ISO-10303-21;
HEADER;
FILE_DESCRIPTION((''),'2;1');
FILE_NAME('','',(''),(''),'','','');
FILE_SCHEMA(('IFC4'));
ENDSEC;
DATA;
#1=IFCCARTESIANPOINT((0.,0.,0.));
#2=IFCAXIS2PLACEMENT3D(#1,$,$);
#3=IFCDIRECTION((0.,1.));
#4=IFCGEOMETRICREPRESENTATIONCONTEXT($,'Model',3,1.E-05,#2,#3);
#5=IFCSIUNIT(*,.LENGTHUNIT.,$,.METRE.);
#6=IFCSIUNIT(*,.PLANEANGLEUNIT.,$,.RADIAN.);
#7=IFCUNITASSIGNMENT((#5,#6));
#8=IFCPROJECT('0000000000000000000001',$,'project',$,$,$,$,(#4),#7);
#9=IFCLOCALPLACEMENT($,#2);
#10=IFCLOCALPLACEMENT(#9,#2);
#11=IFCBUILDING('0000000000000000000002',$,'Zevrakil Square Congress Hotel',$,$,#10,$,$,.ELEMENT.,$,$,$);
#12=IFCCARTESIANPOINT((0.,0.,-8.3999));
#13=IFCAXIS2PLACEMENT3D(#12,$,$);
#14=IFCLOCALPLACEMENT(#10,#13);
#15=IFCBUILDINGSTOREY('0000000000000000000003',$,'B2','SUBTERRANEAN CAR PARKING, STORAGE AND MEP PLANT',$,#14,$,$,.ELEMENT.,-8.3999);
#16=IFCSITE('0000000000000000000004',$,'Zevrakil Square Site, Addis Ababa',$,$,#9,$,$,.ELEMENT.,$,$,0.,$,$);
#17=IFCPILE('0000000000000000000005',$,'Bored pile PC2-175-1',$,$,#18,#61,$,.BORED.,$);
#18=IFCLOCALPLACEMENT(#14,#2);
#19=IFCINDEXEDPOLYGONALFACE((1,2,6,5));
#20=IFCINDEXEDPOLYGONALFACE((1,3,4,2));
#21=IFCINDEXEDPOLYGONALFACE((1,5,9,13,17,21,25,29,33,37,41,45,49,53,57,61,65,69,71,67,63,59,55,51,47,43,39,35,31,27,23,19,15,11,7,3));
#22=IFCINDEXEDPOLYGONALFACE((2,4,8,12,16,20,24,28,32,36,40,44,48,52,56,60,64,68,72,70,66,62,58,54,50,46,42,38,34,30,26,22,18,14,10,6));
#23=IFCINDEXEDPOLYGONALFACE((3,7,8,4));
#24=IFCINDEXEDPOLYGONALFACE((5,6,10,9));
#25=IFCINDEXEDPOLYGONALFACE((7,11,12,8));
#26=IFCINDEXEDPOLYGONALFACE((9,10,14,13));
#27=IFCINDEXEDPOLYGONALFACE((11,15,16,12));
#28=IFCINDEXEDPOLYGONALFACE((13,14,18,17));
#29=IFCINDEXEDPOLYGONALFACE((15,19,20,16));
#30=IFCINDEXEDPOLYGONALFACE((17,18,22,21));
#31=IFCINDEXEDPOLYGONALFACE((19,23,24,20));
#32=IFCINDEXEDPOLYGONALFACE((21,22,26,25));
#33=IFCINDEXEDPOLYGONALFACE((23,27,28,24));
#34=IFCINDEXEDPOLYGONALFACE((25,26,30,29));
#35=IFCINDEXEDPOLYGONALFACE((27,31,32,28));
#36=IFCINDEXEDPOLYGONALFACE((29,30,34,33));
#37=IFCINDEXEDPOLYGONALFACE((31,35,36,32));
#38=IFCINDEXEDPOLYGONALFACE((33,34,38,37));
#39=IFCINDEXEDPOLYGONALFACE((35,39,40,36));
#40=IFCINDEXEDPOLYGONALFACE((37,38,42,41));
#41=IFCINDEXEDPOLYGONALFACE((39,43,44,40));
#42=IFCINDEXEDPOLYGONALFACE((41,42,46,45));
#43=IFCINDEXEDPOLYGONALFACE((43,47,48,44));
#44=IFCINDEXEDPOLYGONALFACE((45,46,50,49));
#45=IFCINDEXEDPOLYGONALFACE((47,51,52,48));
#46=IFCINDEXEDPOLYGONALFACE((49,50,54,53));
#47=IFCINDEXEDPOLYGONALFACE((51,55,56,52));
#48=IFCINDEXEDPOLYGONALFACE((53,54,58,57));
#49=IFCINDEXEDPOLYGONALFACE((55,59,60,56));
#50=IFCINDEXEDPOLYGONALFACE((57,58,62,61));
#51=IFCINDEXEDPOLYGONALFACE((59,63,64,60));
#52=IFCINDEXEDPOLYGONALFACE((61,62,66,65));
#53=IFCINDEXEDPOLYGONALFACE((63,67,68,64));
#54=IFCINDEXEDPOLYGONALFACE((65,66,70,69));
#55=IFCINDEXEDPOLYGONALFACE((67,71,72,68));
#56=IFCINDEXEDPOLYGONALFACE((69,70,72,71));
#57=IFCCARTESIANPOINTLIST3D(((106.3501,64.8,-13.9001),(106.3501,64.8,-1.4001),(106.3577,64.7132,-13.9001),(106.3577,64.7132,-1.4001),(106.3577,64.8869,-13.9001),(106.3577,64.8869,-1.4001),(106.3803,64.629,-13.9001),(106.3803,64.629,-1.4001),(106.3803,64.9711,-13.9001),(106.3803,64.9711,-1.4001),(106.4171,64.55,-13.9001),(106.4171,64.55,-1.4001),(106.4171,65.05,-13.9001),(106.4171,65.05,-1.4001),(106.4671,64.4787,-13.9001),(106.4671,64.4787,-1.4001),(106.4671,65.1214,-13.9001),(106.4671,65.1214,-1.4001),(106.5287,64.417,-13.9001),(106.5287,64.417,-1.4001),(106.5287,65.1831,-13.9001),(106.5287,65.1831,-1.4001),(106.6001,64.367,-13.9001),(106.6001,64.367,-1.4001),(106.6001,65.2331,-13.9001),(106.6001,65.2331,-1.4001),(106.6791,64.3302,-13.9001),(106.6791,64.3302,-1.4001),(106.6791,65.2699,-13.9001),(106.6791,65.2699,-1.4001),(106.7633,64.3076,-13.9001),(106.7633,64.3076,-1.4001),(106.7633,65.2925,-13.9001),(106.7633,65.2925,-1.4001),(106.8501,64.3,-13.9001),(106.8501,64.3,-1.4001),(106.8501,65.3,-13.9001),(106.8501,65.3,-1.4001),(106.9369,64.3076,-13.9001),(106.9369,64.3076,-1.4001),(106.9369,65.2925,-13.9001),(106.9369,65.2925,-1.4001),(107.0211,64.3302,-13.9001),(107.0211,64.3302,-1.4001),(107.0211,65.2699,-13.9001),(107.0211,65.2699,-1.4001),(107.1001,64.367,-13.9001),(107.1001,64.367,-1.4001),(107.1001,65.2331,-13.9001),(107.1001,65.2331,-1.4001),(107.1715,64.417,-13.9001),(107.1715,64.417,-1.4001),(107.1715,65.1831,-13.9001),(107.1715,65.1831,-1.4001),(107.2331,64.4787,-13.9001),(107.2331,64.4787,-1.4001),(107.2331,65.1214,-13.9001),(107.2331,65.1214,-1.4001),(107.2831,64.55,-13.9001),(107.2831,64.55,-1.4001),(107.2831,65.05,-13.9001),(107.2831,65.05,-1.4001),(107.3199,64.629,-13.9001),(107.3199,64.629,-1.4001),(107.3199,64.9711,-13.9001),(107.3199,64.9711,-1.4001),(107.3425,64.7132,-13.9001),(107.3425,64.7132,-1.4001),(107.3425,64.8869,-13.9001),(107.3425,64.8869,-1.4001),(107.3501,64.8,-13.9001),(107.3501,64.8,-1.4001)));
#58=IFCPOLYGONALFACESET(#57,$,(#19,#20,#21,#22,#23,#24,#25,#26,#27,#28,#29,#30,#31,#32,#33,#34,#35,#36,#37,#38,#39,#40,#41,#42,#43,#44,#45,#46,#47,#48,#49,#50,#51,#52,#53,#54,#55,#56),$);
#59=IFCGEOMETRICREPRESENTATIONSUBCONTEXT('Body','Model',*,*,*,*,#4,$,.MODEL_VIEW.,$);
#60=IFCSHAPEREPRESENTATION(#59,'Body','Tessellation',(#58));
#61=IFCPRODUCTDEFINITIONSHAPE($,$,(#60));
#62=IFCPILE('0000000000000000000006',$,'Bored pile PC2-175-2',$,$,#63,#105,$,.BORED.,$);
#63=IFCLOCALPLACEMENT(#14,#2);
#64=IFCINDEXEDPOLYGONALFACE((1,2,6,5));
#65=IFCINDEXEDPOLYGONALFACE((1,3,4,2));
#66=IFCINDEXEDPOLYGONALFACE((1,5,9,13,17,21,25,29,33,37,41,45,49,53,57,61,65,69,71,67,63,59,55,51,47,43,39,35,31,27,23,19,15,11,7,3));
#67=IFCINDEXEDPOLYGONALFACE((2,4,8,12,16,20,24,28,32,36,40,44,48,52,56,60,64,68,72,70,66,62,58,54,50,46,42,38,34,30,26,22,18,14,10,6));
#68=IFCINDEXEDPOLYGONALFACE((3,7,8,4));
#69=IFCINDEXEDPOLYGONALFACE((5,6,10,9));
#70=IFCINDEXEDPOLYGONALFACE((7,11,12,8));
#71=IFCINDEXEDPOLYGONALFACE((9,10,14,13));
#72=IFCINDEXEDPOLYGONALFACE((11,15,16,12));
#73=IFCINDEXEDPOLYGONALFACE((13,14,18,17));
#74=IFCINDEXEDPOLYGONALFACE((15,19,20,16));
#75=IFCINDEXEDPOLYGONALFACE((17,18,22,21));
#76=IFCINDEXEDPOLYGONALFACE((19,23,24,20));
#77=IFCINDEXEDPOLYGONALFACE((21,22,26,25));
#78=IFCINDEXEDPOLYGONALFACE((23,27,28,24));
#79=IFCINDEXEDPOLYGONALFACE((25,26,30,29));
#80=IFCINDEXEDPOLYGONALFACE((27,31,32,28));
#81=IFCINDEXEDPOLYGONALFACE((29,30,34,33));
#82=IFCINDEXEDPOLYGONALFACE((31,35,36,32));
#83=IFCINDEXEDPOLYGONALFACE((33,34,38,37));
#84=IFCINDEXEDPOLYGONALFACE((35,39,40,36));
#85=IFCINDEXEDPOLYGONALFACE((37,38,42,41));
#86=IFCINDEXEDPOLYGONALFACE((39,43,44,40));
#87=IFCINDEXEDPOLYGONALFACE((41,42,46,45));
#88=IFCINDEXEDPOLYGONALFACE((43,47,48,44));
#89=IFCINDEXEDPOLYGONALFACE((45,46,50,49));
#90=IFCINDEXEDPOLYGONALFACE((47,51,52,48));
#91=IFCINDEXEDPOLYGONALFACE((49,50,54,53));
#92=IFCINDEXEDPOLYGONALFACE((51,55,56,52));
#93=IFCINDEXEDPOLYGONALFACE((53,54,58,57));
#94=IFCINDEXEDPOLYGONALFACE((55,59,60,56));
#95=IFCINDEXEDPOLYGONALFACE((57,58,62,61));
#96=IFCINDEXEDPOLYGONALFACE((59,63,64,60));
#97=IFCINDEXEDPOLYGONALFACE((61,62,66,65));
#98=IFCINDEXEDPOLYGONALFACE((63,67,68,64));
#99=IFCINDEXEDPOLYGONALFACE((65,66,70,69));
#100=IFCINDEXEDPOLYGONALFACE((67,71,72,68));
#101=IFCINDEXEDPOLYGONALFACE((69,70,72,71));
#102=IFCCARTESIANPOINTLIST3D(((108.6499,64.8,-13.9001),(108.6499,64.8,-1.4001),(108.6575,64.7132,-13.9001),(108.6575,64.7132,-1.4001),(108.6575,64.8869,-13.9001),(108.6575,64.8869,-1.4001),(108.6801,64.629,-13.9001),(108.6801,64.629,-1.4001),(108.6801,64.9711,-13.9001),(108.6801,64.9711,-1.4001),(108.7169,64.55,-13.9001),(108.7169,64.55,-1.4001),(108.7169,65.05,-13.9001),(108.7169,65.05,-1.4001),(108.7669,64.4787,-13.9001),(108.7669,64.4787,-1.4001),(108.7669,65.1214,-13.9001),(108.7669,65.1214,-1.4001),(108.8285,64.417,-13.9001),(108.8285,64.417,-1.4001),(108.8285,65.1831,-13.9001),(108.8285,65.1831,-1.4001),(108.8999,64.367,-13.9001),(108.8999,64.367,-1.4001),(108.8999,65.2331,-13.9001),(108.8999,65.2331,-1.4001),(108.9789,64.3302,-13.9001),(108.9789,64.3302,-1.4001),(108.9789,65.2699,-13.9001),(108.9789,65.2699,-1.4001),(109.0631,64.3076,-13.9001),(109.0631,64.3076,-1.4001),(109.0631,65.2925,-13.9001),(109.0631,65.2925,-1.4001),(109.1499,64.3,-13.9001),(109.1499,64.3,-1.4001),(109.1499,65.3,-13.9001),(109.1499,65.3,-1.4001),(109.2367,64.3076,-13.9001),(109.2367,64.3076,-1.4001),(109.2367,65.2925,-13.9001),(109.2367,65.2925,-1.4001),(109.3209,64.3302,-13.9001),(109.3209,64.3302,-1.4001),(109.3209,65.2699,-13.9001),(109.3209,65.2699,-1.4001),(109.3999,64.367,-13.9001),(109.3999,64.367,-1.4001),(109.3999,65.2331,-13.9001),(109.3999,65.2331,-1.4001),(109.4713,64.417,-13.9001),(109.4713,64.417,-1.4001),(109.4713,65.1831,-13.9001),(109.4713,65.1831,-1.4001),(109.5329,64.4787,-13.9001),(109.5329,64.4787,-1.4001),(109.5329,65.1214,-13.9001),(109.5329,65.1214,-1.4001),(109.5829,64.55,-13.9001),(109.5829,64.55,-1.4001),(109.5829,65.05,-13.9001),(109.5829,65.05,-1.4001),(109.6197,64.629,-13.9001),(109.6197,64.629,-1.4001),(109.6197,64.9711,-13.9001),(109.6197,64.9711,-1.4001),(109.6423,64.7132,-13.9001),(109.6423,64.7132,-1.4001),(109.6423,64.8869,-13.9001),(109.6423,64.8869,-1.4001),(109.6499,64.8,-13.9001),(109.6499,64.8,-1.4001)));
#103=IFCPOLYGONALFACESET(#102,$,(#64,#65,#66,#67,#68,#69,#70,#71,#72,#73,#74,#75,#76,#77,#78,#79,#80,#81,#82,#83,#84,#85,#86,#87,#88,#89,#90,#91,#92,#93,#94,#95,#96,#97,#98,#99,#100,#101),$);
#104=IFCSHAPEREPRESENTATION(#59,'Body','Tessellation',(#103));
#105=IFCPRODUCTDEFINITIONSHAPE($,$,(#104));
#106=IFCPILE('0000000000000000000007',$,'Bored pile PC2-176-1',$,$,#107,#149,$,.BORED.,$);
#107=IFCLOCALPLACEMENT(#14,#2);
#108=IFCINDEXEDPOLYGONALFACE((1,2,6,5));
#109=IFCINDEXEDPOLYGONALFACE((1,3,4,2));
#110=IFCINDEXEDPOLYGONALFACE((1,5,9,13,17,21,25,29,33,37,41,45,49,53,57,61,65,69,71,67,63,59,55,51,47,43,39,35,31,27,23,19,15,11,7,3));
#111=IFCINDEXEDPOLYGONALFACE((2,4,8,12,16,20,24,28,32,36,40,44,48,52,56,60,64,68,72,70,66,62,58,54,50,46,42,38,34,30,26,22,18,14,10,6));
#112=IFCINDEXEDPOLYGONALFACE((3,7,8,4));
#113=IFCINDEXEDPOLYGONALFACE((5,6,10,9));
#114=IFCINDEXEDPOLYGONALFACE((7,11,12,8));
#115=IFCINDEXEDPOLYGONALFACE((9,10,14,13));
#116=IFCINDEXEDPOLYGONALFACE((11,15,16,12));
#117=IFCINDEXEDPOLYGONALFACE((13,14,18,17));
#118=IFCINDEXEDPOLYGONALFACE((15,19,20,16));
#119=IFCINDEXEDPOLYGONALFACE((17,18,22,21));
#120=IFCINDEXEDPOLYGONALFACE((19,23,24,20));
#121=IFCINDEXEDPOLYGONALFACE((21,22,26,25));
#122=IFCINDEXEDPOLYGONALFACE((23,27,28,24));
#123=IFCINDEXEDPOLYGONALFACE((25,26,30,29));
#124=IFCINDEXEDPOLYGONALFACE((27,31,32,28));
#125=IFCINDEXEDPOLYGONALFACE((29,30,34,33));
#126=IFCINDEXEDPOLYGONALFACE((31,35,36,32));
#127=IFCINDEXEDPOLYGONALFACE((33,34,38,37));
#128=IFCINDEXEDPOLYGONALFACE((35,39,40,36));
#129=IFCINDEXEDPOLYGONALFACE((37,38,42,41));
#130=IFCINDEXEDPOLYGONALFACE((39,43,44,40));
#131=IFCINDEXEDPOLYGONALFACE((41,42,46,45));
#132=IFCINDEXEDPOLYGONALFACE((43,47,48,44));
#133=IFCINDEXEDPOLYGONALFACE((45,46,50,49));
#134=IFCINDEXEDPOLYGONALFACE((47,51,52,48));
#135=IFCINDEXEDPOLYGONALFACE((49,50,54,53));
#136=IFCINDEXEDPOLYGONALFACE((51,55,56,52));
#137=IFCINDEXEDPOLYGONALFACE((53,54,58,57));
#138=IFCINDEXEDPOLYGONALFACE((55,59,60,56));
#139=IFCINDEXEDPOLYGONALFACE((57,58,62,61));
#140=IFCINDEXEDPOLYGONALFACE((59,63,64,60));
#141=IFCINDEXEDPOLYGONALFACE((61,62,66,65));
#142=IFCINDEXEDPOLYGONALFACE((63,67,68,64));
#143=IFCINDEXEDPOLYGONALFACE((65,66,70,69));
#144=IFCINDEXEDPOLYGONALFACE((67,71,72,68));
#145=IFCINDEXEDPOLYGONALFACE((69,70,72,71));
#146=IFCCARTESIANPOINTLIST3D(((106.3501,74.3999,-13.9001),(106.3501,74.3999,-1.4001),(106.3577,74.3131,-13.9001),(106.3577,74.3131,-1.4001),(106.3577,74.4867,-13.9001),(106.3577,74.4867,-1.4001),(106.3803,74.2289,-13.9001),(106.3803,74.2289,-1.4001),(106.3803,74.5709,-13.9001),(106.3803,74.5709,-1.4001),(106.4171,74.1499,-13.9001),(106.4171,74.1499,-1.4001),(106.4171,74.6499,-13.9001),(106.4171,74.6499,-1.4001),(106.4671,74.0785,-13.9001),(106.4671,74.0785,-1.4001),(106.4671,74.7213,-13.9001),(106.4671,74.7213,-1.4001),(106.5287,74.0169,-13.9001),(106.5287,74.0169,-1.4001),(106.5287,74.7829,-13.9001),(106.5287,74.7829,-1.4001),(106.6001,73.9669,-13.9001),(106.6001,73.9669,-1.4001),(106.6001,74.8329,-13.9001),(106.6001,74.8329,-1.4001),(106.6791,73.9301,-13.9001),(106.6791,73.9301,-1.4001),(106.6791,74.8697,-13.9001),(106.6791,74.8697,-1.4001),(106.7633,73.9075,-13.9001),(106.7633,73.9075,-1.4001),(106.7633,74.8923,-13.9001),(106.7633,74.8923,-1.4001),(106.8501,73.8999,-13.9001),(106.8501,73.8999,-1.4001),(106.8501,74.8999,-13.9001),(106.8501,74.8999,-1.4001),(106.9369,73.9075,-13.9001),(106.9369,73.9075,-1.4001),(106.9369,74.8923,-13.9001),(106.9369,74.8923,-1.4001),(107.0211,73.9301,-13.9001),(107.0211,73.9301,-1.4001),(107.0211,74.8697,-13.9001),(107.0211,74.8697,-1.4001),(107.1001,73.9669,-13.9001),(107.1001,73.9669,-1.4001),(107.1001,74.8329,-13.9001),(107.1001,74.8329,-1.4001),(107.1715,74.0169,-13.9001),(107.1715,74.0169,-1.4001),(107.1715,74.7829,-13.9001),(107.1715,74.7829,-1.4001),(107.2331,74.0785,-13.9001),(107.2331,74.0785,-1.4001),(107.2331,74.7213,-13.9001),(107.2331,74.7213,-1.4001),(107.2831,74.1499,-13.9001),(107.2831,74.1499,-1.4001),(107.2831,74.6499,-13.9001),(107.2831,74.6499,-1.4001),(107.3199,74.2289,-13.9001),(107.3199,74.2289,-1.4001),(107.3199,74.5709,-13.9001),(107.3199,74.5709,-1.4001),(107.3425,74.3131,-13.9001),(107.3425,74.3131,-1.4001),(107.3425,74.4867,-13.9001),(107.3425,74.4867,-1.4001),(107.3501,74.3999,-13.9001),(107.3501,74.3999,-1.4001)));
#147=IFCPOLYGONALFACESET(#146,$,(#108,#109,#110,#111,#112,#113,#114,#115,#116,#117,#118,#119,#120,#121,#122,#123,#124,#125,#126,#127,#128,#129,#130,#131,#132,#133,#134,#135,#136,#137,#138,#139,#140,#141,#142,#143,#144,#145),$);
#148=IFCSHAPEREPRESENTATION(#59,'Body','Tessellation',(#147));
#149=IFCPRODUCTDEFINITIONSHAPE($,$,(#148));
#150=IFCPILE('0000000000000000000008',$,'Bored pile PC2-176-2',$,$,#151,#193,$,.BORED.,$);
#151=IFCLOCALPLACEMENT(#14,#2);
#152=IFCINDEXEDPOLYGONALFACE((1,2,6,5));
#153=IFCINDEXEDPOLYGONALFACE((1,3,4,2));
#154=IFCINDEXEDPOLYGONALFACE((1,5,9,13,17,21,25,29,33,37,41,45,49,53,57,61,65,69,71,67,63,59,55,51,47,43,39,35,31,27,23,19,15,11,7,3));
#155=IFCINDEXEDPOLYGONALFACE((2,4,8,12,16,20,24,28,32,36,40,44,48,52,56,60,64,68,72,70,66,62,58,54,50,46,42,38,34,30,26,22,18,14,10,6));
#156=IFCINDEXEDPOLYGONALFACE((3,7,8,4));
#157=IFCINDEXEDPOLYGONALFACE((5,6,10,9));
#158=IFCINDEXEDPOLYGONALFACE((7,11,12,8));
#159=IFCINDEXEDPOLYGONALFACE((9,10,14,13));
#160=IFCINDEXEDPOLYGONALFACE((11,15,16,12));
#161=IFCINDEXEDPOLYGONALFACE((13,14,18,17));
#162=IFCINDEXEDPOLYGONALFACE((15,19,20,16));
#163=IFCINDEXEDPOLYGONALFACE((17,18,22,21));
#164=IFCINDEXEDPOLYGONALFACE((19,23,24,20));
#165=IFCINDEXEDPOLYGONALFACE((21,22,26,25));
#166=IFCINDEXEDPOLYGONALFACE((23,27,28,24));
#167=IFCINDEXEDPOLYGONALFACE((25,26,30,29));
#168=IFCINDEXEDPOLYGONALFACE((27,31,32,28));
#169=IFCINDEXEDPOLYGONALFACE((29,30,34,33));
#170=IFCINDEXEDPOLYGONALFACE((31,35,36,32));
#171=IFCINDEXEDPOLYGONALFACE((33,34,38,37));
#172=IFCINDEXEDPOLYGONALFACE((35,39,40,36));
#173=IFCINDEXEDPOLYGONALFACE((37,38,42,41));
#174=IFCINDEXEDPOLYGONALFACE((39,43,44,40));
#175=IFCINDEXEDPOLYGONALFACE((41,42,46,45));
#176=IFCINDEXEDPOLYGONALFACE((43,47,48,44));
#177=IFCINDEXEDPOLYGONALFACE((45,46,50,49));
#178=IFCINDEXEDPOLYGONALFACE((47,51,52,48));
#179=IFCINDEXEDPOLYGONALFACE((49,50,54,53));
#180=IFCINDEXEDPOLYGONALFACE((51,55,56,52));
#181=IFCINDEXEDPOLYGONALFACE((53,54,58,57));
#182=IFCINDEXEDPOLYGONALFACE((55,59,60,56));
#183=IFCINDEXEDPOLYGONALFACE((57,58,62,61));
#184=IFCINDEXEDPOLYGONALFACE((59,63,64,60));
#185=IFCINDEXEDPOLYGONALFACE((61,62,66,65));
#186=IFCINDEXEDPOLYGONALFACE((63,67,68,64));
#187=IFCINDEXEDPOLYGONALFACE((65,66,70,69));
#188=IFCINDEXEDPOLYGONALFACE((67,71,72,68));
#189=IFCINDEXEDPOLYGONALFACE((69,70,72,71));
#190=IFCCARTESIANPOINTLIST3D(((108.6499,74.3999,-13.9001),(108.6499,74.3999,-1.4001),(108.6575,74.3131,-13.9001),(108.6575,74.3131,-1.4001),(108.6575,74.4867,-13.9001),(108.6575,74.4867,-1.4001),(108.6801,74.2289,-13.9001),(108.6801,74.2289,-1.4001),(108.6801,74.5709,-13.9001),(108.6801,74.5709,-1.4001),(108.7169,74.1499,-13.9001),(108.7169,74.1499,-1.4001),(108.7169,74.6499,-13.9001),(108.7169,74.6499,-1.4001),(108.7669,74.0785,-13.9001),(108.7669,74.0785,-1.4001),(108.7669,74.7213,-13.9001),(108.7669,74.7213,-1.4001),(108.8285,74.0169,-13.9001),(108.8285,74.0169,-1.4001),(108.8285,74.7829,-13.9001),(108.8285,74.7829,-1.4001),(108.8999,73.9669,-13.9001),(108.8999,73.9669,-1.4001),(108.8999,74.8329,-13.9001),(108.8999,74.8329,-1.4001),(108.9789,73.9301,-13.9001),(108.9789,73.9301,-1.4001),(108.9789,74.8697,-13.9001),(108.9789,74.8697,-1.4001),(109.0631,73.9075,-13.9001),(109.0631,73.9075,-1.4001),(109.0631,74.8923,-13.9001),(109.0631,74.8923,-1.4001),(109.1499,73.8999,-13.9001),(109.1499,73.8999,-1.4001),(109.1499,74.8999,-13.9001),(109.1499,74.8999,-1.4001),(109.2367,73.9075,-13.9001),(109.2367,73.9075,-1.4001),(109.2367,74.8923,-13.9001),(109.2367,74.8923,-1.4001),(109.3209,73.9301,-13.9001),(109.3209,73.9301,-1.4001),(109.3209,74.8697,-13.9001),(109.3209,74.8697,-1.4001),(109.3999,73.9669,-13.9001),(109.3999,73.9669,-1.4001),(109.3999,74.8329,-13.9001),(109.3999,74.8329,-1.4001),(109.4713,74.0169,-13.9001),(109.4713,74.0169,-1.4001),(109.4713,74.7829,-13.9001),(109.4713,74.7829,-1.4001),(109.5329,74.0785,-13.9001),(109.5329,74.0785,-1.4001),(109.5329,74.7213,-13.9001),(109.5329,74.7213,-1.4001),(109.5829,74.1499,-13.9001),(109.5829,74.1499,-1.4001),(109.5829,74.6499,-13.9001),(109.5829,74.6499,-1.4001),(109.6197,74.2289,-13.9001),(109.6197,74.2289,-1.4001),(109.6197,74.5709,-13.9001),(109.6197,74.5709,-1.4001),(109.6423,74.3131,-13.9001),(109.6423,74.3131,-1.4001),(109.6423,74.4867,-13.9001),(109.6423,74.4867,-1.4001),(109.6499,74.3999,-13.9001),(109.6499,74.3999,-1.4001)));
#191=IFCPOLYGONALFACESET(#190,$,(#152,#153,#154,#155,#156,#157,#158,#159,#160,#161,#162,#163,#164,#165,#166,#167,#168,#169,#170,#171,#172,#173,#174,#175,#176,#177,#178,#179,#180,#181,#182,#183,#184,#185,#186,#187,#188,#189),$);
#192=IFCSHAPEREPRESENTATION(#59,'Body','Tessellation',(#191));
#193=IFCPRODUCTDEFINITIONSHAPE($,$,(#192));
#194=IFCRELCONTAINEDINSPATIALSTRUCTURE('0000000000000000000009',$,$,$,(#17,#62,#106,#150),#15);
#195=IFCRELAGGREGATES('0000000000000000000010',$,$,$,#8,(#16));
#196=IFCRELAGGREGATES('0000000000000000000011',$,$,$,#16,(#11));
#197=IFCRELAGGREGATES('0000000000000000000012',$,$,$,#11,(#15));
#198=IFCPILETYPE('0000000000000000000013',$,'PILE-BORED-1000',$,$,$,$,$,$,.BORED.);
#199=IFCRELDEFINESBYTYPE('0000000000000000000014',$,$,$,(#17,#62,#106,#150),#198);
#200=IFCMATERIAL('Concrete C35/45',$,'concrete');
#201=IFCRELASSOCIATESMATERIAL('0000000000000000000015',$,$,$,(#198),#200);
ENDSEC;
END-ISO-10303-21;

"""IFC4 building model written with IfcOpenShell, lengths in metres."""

from ifc_helpers import new_model, si_unit, direction, frame, origin, origin_2d, place, context, subcontext, project, spatial, circle, extrude, material, material_profile, profile_set, type_object, element, save


model = new_model("IFC4")

# Units and contexts
model_context = context("Model", 3, precision=1e-05, world=origin(), true_north=direction((0.0, 1.0)))
body_context = subcontext(model_context, "Body", "Model", "MODEL_VIEW")
ifc_project = project(units=[si_unit("LENGTHUNIT", "METRE"), si_unit("PLANEANGLEUNIT", "RADIAN")], contexts=[model_context])

# Site, building, storey
site_placement = place(None, origin())
site = spatial("IfcSite", under=ifc_project, at=site_placement, Name="Zevrakil Square Site, Addis Ababa", CompositionType="ELEMENT", RefElevation=0.0)
building_placement = place(site_placement, origin())
building = spatial("IfcBuilding", under=site, at=building_placement, Name="Zevrakil Square Congress Hotel", CompositionType="ELEMENT")
storey_placement = place(building_placement, frame((0.0, 0.0, -8.3999)))
storey = spatial("IfcBuildingStorey", under=building, at=storey_placement, Name="B2", Description="SUBTERRANEAN CAR PARKING, STORAGE AND MEP PLANT", CompositionType="ELEMENT", Elevation=-8.3999)

# Piles
ifc_material_1 = material(Name="Concrete C35/45", Category="concrete")
ifc_material_profile_1 = material_profile(ifc_material_1, circle(Radius=0.5, at=origin_2d()), Name="PILE D1000")
ifc_profile_set_1 = profile_set([ifc_material_profile_1], Name="Concrete C35/45")
pile_type_1 = type_object("IfcPileType", Name="PILE-BORED-1000", PredefinedType="BORED", material=ifc_profile_set_1)
for number, where, z_axis, x_axis, name in (
    (1, (106.8501, 64.8, -1.4001), (0.0, 0.0, -1.0), (1.0, 0.0, 0.0), "Bored pile PC2-175-1"),
    (2, (109.1499, 64.8, -1.4001), (0.0, 0.0, -1.0), (1.0, 0.0, 0.0), "Bored pile PC2-175-2"),
    (3, (106.8501, 74.3999, -1.4001), (0.0, 0.0, -1.0), (1.0, 0.0, 0.0), "Bored pile PC2-176-1"),
    (4, (109.1499, 74.3999, -1.4001), (0.0, 0.0, -1.0), (1.0, 0.0, 0.0), "Bored pile PC2-176-2"),
):
    element("IfcPile", number, at=place(storey_placement, frame(where, z_axis=z_axis, x_axis=x_axis)), inside=storey, type_object=pile_type_1, Name=name, PredefinedType="BORED", context=body_context, shape_type="SweptSolid", body=[
        extrude(circle(Radius=0.5, at=origin_2d()), origin(), (0.0, 0.0, 1.0), 12.5),
    ])

save(model, "model.ifc")
